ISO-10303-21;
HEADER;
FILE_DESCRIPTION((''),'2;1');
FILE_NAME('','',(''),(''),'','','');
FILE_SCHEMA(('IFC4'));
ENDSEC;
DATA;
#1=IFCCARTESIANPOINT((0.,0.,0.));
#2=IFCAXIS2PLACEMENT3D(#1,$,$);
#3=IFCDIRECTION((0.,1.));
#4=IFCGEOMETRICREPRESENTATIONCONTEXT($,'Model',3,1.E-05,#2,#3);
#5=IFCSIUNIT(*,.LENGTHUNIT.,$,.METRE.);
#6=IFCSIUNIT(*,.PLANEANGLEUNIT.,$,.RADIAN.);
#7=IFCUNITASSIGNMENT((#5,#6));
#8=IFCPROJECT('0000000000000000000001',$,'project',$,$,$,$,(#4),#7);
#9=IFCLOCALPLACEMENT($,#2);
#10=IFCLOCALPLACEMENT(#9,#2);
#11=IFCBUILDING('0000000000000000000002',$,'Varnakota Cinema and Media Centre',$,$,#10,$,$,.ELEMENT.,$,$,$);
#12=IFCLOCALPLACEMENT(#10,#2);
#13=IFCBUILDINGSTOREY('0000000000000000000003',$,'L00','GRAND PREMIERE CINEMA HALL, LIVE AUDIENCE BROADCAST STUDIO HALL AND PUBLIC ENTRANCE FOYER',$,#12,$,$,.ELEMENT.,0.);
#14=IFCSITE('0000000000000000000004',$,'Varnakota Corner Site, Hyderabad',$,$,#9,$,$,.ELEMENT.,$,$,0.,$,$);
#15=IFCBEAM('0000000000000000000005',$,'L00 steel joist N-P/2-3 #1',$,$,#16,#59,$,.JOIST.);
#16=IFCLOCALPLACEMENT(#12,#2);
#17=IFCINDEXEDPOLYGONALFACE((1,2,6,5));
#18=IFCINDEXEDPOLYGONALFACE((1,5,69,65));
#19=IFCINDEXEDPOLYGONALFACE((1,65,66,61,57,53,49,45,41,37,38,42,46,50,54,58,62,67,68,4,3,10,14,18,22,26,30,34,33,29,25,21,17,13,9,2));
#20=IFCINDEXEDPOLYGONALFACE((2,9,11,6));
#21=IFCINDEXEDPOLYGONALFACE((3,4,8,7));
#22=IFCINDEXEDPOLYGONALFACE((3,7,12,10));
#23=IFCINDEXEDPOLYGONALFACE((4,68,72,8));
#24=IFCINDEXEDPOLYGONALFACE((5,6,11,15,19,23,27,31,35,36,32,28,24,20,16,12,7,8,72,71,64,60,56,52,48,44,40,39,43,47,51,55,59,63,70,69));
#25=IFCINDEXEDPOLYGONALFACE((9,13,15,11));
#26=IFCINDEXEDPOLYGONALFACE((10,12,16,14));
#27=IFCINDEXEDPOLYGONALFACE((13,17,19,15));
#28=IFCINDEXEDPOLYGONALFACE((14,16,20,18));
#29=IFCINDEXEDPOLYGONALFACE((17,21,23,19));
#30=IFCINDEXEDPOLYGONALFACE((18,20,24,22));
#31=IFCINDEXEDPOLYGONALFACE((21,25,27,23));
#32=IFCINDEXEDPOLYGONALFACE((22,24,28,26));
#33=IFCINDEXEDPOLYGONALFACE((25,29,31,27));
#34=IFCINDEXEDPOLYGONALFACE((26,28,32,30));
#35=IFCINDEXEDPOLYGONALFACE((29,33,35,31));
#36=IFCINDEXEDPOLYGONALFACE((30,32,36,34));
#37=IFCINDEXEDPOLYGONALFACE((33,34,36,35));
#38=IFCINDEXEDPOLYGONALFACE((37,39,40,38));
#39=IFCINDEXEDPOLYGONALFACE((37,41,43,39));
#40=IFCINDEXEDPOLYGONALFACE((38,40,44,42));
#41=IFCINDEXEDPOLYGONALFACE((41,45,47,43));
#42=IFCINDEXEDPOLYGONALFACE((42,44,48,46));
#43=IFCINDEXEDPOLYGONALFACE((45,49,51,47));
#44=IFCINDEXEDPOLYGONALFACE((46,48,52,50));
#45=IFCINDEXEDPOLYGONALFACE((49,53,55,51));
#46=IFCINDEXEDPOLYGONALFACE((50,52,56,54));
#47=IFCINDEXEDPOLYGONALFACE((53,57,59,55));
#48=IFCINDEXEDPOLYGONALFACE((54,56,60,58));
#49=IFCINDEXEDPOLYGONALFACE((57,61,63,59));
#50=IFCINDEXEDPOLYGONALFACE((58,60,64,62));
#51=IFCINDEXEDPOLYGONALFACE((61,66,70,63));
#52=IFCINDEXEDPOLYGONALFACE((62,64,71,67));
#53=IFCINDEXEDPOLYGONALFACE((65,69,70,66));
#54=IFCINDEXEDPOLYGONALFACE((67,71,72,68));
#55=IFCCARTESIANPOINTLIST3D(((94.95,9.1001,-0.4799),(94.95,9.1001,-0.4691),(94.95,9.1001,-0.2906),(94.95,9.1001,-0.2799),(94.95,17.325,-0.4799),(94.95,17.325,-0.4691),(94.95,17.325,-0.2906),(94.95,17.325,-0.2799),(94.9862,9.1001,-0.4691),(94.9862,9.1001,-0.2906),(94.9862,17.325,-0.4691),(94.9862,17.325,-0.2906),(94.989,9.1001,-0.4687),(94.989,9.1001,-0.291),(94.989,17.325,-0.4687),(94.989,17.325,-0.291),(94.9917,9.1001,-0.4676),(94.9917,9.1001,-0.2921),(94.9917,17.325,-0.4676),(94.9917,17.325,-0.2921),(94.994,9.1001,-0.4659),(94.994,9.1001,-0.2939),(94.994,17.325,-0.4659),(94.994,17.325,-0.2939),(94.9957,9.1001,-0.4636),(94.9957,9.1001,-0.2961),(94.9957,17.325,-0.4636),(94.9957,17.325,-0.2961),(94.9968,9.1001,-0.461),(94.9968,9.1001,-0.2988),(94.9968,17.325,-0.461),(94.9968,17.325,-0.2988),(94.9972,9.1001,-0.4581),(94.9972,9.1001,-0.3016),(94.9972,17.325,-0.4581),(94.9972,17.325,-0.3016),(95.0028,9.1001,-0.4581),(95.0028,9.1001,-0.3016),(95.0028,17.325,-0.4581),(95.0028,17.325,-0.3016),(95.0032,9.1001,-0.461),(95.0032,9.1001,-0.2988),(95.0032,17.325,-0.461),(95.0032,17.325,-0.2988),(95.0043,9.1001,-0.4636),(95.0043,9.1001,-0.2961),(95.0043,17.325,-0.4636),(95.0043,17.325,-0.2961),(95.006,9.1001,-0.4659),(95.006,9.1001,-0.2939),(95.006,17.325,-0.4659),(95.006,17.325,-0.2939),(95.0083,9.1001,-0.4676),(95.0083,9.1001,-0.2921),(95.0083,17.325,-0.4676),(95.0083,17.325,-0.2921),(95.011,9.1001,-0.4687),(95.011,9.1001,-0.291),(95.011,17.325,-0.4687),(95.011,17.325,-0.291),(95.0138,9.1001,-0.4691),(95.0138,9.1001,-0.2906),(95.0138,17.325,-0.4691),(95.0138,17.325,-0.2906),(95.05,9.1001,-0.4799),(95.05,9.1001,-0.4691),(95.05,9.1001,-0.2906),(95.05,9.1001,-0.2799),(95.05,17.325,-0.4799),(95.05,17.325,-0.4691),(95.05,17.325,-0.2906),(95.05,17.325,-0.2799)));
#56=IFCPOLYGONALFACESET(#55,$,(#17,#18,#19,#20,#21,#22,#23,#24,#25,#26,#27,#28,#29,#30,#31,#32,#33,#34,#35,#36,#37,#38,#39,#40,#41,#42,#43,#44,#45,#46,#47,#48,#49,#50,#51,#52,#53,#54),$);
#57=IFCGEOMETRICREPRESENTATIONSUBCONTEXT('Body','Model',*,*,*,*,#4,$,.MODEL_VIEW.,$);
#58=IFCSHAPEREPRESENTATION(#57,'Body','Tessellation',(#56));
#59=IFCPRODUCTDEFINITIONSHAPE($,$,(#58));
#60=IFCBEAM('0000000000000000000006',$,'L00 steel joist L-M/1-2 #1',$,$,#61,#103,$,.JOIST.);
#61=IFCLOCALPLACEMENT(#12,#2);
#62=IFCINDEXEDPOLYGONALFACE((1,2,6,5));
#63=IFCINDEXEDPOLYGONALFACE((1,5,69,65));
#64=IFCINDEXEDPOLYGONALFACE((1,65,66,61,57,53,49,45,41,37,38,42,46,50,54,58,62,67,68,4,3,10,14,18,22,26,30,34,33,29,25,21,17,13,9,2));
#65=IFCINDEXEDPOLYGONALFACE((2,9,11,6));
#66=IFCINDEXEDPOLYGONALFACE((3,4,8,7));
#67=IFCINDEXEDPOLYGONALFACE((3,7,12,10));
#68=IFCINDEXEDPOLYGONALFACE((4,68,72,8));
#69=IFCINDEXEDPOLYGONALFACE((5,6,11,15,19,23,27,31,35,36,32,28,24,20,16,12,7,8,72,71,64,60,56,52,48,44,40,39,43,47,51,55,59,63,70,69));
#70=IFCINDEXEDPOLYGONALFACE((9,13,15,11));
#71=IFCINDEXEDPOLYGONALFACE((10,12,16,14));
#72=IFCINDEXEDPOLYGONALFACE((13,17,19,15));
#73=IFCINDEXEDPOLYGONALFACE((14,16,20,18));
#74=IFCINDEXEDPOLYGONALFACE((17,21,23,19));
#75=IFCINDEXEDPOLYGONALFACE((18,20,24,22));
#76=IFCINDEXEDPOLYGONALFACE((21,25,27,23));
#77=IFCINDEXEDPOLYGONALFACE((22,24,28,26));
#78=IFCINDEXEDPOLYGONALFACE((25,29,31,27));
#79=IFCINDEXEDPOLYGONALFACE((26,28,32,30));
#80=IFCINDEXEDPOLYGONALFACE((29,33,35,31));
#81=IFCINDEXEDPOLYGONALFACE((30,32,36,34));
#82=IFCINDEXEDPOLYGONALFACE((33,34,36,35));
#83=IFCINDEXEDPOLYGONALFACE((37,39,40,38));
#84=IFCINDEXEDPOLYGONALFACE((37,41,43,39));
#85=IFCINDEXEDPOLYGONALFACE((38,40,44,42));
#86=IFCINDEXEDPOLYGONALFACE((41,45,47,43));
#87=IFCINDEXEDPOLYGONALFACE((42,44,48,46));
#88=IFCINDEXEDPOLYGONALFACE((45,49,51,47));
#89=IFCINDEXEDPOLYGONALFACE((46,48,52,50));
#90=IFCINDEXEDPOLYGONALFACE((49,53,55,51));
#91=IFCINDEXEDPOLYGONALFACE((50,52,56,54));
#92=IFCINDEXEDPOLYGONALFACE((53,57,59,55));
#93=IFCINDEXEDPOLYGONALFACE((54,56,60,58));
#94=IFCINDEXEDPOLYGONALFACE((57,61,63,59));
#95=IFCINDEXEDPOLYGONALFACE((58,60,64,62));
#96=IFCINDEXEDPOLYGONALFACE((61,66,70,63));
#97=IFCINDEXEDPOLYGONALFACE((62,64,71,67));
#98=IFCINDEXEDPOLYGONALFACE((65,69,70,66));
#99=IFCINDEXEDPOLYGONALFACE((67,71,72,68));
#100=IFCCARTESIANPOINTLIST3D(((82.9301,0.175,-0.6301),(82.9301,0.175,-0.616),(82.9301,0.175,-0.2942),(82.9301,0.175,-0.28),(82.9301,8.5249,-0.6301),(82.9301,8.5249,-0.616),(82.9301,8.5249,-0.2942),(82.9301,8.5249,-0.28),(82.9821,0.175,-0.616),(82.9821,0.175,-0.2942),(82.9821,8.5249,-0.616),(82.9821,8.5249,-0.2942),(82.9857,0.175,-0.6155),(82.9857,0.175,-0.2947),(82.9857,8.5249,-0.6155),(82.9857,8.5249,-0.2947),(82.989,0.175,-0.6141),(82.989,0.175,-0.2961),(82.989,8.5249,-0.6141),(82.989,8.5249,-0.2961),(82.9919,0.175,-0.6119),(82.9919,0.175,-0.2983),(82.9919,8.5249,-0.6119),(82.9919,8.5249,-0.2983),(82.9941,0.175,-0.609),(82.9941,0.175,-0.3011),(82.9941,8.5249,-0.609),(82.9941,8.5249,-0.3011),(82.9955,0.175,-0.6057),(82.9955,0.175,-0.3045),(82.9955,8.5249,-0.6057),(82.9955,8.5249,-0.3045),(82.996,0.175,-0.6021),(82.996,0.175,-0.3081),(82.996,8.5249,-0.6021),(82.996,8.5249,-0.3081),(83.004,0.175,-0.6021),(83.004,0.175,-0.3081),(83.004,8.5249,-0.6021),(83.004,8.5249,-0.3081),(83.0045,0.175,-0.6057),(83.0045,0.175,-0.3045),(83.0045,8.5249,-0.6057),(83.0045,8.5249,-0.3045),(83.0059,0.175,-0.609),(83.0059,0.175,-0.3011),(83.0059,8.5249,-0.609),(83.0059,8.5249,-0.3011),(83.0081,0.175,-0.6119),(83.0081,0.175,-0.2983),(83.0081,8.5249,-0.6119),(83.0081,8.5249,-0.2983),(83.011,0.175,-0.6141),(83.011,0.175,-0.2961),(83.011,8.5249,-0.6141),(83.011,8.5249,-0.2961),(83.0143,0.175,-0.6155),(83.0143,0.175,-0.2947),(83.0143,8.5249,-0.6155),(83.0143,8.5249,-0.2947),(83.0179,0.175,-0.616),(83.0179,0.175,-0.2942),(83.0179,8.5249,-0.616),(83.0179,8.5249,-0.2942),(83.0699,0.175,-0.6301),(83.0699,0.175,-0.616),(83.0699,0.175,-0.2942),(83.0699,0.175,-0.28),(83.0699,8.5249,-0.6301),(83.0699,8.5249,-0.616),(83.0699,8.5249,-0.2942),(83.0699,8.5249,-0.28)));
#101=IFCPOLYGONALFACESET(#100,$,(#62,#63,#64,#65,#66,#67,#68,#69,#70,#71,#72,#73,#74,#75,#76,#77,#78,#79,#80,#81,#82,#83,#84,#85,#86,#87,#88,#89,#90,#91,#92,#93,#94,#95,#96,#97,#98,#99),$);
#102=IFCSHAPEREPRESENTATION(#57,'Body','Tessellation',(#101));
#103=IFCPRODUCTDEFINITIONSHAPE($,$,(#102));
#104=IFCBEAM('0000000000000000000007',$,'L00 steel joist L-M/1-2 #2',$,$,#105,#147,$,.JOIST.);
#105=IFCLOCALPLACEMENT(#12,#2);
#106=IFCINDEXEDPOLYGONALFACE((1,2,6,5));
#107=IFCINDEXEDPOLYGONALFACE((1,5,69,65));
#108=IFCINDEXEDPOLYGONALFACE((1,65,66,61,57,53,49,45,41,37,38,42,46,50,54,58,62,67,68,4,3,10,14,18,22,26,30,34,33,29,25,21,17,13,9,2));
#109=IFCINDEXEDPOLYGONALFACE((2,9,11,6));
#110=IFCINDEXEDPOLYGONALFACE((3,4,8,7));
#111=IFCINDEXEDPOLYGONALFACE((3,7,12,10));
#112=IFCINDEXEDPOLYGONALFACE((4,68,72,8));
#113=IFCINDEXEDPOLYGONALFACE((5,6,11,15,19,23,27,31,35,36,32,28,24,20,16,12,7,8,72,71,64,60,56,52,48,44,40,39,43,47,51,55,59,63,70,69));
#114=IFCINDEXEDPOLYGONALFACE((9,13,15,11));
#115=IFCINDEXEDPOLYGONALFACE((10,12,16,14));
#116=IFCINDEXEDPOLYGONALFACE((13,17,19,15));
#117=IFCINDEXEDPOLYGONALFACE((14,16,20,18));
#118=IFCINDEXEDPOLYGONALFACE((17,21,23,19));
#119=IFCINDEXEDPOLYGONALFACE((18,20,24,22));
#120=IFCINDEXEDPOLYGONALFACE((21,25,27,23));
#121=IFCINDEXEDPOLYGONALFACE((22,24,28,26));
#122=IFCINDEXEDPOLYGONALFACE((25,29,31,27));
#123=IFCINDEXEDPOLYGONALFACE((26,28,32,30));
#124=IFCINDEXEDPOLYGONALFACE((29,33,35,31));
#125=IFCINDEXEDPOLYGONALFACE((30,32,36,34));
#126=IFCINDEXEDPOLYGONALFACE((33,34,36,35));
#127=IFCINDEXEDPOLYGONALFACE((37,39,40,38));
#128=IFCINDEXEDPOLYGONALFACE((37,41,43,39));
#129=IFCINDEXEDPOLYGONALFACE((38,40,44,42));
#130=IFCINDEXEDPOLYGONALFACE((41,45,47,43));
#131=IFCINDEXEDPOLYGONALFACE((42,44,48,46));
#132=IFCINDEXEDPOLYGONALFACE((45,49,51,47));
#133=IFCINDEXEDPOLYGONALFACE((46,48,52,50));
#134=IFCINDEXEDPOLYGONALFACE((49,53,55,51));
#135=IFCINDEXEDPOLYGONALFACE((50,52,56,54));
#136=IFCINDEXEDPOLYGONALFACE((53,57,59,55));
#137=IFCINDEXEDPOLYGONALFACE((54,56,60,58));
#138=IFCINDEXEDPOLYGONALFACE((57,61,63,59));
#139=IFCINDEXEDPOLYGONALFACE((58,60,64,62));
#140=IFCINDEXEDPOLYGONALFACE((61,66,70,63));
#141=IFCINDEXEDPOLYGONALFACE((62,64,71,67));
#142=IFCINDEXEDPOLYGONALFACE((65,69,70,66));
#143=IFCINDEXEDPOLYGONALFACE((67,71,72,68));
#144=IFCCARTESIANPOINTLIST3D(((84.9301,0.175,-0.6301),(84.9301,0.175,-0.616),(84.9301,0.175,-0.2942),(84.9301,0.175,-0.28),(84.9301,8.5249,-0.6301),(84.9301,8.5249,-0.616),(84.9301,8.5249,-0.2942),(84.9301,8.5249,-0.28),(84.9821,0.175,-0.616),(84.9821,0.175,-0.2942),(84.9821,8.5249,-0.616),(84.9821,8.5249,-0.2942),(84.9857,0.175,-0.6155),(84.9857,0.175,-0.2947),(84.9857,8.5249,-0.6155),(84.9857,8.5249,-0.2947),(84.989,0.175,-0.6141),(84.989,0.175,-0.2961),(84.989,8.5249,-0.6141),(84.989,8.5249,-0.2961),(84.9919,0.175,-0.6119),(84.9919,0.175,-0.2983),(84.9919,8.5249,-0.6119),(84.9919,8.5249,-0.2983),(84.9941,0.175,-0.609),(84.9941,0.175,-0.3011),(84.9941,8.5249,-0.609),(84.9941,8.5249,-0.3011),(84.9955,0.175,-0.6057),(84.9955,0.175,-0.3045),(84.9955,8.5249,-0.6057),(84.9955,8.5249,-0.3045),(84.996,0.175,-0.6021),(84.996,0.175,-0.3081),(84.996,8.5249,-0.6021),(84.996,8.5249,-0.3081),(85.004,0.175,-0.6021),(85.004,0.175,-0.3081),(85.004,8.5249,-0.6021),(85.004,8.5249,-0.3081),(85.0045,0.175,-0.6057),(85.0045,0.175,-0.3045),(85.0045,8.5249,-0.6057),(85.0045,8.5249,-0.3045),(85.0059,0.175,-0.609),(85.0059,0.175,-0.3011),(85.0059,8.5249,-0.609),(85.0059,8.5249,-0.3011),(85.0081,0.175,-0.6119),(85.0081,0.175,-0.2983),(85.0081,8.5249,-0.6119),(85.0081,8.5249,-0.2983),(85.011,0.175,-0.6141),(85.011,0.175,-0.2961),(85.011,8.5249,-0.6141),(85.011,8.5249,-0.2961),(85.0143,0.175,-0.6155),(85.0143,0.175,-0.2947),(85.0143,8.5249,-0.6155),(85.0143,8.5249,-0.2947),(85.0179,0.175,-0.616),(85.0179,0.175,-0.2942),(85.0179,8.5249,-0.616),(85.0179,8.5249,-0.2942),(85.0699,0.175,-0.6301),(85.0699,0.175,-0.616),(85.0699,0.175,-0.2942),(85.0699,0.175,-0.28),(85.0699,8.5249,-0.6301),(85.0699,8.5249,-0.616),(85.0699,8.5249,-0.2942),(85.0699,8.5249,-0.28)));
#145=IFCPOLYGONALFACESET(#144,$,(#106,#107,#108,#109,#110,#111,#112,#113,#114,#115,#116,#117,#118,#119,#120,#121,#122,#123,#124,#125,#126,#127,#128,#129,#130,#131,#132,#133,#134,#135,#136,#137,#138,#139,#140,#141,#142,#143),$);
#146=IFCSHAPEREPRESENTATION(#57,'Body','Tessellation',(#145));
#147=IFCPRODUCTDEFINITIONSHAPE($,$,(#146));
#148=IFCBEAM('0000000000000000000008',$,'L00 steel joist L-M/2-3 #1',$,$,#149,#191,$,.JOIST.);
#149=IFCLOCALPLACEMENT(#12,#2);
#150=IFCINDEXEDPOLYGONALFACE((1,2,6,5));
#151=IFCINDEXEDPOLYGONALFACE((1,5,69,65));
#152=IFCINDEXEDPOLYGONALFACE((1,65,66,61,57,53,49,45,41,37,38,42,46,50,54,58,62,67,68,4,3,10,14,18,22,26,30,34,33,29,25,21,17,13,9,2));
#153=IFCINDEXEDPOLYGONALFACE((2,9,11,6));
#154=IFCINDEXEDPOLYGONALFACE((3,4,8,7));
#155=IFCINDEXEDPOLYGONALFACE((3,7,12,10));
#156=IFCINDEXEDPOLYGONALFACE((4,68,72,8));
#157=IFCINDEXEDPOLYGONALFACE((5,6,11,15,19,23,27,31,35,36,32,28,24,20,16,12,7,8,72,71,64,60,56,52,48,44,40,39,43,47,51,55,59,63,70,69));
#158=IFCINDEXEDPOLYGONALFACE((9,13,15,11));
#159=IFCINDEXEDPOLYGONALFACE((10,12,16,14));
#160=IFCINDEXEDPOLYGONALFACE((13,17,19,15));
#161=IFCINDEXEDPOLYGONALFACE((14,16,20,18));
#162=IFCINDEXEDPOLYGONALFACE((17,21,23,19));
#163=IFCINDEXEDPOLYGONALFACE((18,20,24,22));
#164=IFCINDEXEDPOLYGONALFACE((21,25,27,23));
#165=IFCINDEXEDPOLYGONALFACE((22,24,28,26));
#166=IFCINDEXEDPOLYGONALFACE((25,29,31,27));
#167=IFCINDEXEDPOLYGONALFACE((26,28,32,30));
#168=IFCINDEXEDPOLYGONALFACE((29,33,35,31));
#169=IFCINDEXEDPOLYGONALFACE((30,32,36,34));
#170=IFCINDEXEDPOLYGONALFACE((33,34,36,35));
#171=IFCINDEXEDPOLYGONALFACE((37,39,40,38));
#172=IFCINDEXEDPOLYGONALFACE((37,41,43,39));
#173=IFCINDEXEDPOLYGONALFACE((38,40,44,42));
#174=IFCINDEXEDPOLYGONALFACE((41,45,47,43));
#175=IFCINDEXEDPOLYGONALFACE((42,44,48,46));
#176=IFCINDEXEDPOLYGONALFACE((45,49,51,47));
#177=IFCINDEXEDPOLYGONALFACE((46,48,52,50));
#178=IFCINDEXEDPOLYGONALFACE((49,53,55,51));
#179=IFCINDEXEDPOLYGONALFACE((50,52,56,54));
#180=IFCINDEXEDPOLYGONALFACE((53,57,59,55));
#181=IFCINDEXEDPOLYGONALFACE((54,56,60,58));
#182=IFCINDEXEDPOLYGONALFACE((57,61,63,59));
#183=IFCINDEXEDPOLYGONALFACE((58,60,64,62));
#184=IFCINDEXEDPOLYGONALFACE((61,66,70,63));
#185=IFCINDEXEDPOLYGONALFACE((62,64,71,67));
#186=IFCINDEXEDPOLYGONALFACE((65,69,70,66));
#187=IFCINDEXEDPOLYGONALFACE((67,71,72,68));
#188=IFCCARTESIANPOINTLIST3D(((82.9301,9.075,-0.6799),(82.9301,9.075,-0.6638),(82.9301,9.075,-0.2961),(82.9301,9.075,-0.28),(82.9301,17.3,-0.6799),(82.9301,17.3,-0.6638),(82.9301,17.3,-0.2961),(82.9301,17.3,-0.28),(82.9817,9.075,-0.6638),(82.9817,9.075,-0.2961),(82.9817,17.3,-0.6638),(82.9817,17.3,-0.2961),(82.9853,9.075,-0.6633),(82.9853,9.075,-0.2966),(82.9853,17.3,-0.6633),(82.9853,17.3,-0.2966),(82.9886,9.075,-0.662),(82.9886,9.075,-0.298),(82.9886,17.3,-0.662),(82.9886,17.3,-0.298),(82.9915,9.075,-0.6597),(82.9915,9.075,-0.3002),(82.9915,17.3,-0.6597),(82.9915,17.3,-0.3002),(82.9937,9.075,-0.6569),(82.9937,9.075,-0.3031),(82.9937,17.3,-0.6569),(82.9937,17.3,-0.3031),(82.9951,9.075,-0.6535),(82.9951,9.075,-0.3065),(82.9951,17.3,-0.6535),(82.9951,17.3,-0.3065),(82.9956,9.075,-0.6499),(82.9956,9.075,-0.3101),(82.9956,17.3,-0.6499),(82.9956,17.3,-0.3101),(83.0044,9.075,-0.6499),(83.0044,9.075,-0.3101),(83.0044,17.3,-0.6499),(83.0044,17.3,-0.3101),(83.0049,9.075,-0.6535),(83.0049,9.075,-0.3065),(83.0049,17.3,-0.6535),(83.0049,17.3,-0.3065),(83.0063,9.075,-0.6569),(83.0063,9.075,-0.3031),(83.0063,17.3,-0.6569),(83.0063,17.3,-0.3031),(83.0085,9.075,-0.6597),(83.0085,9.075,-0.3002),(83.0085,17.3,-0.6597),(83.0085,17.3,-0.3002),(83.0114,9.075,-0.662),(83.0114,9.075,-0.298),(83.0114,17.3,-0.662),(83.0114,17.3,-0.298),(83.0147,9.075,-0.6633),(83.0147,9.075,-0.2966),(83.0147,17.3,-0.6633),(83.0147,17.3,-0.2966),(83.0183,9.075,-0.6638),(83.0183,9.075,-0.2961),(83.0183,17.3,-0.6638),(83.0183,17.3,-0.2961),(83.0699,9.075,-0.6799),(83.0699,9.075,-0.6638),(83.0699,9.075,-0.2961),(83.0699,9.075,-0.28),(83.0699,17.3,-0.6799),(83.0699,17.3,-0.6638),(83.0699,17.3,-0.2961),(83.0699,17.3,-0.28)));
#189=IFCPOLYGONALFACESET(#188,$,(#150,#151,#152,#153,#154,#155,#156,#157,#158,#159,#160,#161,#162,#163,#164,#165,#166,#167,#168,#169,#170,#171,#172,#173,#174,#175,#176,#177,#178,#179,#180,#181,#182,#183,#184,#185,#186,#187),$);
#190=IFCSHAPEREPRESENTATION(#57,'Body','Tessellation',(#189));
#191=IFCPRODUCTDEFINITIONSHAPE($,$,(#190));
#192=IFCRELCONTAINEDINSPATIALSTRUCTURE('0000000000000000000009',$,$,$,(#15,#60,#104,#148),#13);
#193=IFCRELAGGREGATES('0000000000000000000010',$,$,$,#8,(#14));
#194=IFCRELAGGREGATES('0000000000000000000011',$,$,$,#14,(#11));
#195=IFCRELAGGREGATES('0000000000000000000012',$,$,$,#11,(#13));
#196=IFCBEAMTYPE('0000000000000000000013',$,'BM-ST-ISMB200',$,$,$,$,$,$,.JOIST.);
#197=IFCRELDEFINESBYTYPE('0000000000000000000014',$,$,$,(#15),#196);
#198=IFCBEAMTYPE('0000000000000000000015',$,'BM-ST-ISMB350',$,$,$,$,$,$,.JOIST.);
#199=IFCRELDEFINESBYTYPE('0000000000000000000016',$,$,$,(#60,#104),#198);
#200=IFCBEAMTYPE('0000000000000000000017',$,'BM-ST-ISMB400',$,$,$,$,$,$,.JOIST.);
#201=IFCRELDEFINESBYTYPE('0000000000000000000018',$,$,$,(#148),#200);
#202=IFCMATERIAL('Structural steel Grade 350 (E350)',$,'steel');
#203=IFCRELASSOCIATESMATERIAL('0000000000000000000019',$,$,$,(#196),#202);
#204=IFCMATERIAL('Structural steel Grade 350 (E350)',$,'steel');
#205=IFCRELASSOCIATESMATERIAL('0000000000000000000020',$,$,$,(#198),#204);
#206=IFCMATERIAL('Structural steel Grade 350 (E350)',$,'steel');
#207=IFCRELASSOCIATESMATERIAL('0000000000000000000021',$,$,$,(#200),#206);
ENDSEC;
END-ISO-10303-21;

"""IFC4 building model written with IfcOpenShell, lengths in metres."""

from ifc_helpers import new_model, si_unit, direction, frame, origin, origin_2d, place, context, subcontext, project, spatial, i_section, extrude, material, material_profile, profile_set, type_object, element, save


model = new_model("IFC4")

# Units and contexts
model_context = context("Model", 3, precision=1e-05, world=origin(), true_north=direction((0.0, 1.0)))
body_context = subcontext(model_context, "Body", "Model", "MODEL_VIEW")
ifc_project = project(units=[si_unit("LENGTHUNIT", "METRE"), si_unit("PLANEANGLEUNIT", "RADIAN")], contexts=[model_context])

# Site, building, storey
site_placement = place(None, origin())
site = spatial("IfcSite", under=ifc_project, at=site_placement, Name="Varnakota Corner Site, Hyderabad", CompositionType="ELEMENT", RefElevation=0.0)
building_placement = place(site_placement, origin())
building = spatial("IfcBuilding", under=site, at=building_placement, Name="Varnakota Cinema and Media Centre", CompositionType="ELEMENT")
storey_placement = place(building_placement, origin())
storey = spatial("IfcBuildingStorey", under=building, at=storey_placement, Name="L00", Description="GRAND PREMIERE CINEMA HALL, LIVE AUDIENCE BROADCAST STUDIO HALL AND PUBLIC ENTRANCE FOYER", CompositionType="ELEMENT", Elevation=0.0)

# Beams
ifc_material_1 = material(Name="Structural steel Grade 350 (E350)", Category="steel")
ifc_material_profile_1 = material_profile(ifc_material_1, i_section(OverallWidth=0.1001, OverallDepth=0.2, WebThickness=0.0056, FlangeThickness=0.0107, FilletRadius=0.011, at=origin_2d()), Name="ISMB 200")
ifc_profile_set_1 = profile_set([ifc_material_profile_1], Name="Structural steel Grade 350 (E350)")
beam_type_1 = type_object("IfcBeamType", Name="BM-ST-ISMB200", PredefinedType="JOIST", material=ifc_profile_set_1)
beam_1_placement = place(storey_placement, frame((95.0, 9.1001, -0.3799), z_axis=(0.0, 1.0, 0.0), x_axis=(-1.0, 0.0, 0.0)))
element("IfcBeam", 1, at=beam_1_placement, inside=storey, type_object=beam_type_1, Name="L00 steel joist N-P/2-3 #1", PredefinedType="JOIST", context=body_context, shape_type="SweptSolid", body=[
    extrude(i_section(OverallWidth=0.1001, OverallDepth=0.2, WebThickness=0.0056, FlangeThickness=0.0107, FilletRadius=0.011, at=origin_2d()), origin(), (0.0, 0.0, 1.0), 8.2249),
])
ifc_material_2 = material(Name="Structural steel Grade 350 (E350)", Category="steel")
ifc_material_profile_2 = material_profile(ifc_material_2, i_section(OverallWidth=0.1399, OverallDepth=0.3501, WebThickness=0.0081, FlangeThickness=0.0142, FilletRadius=0.0139, at=origin_2d()), Name="ISMB 350")
ifc_profile_set_2 = profile_set([ifc_material_profile_2], Name="Structural steel Grade 350 (E350)")
beam_type_2 = type_object("IfcBeamType", Name="BM-ST-ISMB350", PredefinedType="JOIST", material=ifc_profile_set_2)
for number, where, z_axis, x_axis, name in (
    (2, (83.0, 0.175, -0.4551), (0.0, 1.0, 0.0), (-1.0, 0.0, 0.0), "L00 steel joist L-M/1-2 #1"),
    (3, (85.0, 0.175, -0.4551), (0.0, 1.0, 0.0), (-1.0, 0.0, 0.0), "L00 steel joist L-M/1-2 #2"),
):
    element("IfcBeam", number, at=place(storey_placement, frame(where, z_axis=z_axis, x_axis=x_axis)), inside=storey, type_object=beam_type_2, Name=name, PredefinedType="JOIST", context=body_context, shape_type="SweptSolid", body=[
        extrude(i_section(OverallWidth=0.1399, OverallDepth=0.3501, WebThickness=0.0081, FlangeThickness=0.0142, FilletRadius=0.0139, at=origin_2d()), origin(), (0.0, 0.0, 1.0), 8.3499),
    ])
ifc_material_3 = material(Name="Structural steel Grade 350 (E350)", Category="steel")
ifc_material_profile_3 = material_profile(ifc_material_3, i_section(OverallWidth=0.1399, OverallDepth=0.3999, WebThickness=0.0088, FlangeThickness=0.0161, FilletRadius=0.0139, at=origin_2d()), Name="ISMB 400")
ifc_profile_set_3 = profile_set([ifc_material_profile_3], Name="Structural steel Grade 350 (E350)")
beam_type_3 = type_object("IfcBeamType", Name="BM-ST-ISMB400", PredefinedType="JOIST", material=ifc_profile_set_3)
for number, where, z_axis, x_axis, name in (
    (4, (83.0, 9.075, -0.48), (0.0, 1.0, 0.0), (-1.0, 0.0, 0.0), "L00 steel joist L-M/2-3 #1"),
):
    element("IfcBeam", number, at=place(storey_placement, frame(where, z_axis=z_axis, x_axis=x_axis)), inside=storey, type_object=beam_type_3, Name=name, PredefinedType="JOIST", context=body_context, shape_type="SweptSolid", body=[
        extrude(i_section(OverallWidth=0.1399, OverallDepth=0.3999, WebThickness=0.0088, FlangeThickness=0.0161, FilletRadius=0.0139, at=origin_2d()), origin(), (0.0, 0.0, 1.0), 8.2251),
    ])

save(model, "model.ifc")
